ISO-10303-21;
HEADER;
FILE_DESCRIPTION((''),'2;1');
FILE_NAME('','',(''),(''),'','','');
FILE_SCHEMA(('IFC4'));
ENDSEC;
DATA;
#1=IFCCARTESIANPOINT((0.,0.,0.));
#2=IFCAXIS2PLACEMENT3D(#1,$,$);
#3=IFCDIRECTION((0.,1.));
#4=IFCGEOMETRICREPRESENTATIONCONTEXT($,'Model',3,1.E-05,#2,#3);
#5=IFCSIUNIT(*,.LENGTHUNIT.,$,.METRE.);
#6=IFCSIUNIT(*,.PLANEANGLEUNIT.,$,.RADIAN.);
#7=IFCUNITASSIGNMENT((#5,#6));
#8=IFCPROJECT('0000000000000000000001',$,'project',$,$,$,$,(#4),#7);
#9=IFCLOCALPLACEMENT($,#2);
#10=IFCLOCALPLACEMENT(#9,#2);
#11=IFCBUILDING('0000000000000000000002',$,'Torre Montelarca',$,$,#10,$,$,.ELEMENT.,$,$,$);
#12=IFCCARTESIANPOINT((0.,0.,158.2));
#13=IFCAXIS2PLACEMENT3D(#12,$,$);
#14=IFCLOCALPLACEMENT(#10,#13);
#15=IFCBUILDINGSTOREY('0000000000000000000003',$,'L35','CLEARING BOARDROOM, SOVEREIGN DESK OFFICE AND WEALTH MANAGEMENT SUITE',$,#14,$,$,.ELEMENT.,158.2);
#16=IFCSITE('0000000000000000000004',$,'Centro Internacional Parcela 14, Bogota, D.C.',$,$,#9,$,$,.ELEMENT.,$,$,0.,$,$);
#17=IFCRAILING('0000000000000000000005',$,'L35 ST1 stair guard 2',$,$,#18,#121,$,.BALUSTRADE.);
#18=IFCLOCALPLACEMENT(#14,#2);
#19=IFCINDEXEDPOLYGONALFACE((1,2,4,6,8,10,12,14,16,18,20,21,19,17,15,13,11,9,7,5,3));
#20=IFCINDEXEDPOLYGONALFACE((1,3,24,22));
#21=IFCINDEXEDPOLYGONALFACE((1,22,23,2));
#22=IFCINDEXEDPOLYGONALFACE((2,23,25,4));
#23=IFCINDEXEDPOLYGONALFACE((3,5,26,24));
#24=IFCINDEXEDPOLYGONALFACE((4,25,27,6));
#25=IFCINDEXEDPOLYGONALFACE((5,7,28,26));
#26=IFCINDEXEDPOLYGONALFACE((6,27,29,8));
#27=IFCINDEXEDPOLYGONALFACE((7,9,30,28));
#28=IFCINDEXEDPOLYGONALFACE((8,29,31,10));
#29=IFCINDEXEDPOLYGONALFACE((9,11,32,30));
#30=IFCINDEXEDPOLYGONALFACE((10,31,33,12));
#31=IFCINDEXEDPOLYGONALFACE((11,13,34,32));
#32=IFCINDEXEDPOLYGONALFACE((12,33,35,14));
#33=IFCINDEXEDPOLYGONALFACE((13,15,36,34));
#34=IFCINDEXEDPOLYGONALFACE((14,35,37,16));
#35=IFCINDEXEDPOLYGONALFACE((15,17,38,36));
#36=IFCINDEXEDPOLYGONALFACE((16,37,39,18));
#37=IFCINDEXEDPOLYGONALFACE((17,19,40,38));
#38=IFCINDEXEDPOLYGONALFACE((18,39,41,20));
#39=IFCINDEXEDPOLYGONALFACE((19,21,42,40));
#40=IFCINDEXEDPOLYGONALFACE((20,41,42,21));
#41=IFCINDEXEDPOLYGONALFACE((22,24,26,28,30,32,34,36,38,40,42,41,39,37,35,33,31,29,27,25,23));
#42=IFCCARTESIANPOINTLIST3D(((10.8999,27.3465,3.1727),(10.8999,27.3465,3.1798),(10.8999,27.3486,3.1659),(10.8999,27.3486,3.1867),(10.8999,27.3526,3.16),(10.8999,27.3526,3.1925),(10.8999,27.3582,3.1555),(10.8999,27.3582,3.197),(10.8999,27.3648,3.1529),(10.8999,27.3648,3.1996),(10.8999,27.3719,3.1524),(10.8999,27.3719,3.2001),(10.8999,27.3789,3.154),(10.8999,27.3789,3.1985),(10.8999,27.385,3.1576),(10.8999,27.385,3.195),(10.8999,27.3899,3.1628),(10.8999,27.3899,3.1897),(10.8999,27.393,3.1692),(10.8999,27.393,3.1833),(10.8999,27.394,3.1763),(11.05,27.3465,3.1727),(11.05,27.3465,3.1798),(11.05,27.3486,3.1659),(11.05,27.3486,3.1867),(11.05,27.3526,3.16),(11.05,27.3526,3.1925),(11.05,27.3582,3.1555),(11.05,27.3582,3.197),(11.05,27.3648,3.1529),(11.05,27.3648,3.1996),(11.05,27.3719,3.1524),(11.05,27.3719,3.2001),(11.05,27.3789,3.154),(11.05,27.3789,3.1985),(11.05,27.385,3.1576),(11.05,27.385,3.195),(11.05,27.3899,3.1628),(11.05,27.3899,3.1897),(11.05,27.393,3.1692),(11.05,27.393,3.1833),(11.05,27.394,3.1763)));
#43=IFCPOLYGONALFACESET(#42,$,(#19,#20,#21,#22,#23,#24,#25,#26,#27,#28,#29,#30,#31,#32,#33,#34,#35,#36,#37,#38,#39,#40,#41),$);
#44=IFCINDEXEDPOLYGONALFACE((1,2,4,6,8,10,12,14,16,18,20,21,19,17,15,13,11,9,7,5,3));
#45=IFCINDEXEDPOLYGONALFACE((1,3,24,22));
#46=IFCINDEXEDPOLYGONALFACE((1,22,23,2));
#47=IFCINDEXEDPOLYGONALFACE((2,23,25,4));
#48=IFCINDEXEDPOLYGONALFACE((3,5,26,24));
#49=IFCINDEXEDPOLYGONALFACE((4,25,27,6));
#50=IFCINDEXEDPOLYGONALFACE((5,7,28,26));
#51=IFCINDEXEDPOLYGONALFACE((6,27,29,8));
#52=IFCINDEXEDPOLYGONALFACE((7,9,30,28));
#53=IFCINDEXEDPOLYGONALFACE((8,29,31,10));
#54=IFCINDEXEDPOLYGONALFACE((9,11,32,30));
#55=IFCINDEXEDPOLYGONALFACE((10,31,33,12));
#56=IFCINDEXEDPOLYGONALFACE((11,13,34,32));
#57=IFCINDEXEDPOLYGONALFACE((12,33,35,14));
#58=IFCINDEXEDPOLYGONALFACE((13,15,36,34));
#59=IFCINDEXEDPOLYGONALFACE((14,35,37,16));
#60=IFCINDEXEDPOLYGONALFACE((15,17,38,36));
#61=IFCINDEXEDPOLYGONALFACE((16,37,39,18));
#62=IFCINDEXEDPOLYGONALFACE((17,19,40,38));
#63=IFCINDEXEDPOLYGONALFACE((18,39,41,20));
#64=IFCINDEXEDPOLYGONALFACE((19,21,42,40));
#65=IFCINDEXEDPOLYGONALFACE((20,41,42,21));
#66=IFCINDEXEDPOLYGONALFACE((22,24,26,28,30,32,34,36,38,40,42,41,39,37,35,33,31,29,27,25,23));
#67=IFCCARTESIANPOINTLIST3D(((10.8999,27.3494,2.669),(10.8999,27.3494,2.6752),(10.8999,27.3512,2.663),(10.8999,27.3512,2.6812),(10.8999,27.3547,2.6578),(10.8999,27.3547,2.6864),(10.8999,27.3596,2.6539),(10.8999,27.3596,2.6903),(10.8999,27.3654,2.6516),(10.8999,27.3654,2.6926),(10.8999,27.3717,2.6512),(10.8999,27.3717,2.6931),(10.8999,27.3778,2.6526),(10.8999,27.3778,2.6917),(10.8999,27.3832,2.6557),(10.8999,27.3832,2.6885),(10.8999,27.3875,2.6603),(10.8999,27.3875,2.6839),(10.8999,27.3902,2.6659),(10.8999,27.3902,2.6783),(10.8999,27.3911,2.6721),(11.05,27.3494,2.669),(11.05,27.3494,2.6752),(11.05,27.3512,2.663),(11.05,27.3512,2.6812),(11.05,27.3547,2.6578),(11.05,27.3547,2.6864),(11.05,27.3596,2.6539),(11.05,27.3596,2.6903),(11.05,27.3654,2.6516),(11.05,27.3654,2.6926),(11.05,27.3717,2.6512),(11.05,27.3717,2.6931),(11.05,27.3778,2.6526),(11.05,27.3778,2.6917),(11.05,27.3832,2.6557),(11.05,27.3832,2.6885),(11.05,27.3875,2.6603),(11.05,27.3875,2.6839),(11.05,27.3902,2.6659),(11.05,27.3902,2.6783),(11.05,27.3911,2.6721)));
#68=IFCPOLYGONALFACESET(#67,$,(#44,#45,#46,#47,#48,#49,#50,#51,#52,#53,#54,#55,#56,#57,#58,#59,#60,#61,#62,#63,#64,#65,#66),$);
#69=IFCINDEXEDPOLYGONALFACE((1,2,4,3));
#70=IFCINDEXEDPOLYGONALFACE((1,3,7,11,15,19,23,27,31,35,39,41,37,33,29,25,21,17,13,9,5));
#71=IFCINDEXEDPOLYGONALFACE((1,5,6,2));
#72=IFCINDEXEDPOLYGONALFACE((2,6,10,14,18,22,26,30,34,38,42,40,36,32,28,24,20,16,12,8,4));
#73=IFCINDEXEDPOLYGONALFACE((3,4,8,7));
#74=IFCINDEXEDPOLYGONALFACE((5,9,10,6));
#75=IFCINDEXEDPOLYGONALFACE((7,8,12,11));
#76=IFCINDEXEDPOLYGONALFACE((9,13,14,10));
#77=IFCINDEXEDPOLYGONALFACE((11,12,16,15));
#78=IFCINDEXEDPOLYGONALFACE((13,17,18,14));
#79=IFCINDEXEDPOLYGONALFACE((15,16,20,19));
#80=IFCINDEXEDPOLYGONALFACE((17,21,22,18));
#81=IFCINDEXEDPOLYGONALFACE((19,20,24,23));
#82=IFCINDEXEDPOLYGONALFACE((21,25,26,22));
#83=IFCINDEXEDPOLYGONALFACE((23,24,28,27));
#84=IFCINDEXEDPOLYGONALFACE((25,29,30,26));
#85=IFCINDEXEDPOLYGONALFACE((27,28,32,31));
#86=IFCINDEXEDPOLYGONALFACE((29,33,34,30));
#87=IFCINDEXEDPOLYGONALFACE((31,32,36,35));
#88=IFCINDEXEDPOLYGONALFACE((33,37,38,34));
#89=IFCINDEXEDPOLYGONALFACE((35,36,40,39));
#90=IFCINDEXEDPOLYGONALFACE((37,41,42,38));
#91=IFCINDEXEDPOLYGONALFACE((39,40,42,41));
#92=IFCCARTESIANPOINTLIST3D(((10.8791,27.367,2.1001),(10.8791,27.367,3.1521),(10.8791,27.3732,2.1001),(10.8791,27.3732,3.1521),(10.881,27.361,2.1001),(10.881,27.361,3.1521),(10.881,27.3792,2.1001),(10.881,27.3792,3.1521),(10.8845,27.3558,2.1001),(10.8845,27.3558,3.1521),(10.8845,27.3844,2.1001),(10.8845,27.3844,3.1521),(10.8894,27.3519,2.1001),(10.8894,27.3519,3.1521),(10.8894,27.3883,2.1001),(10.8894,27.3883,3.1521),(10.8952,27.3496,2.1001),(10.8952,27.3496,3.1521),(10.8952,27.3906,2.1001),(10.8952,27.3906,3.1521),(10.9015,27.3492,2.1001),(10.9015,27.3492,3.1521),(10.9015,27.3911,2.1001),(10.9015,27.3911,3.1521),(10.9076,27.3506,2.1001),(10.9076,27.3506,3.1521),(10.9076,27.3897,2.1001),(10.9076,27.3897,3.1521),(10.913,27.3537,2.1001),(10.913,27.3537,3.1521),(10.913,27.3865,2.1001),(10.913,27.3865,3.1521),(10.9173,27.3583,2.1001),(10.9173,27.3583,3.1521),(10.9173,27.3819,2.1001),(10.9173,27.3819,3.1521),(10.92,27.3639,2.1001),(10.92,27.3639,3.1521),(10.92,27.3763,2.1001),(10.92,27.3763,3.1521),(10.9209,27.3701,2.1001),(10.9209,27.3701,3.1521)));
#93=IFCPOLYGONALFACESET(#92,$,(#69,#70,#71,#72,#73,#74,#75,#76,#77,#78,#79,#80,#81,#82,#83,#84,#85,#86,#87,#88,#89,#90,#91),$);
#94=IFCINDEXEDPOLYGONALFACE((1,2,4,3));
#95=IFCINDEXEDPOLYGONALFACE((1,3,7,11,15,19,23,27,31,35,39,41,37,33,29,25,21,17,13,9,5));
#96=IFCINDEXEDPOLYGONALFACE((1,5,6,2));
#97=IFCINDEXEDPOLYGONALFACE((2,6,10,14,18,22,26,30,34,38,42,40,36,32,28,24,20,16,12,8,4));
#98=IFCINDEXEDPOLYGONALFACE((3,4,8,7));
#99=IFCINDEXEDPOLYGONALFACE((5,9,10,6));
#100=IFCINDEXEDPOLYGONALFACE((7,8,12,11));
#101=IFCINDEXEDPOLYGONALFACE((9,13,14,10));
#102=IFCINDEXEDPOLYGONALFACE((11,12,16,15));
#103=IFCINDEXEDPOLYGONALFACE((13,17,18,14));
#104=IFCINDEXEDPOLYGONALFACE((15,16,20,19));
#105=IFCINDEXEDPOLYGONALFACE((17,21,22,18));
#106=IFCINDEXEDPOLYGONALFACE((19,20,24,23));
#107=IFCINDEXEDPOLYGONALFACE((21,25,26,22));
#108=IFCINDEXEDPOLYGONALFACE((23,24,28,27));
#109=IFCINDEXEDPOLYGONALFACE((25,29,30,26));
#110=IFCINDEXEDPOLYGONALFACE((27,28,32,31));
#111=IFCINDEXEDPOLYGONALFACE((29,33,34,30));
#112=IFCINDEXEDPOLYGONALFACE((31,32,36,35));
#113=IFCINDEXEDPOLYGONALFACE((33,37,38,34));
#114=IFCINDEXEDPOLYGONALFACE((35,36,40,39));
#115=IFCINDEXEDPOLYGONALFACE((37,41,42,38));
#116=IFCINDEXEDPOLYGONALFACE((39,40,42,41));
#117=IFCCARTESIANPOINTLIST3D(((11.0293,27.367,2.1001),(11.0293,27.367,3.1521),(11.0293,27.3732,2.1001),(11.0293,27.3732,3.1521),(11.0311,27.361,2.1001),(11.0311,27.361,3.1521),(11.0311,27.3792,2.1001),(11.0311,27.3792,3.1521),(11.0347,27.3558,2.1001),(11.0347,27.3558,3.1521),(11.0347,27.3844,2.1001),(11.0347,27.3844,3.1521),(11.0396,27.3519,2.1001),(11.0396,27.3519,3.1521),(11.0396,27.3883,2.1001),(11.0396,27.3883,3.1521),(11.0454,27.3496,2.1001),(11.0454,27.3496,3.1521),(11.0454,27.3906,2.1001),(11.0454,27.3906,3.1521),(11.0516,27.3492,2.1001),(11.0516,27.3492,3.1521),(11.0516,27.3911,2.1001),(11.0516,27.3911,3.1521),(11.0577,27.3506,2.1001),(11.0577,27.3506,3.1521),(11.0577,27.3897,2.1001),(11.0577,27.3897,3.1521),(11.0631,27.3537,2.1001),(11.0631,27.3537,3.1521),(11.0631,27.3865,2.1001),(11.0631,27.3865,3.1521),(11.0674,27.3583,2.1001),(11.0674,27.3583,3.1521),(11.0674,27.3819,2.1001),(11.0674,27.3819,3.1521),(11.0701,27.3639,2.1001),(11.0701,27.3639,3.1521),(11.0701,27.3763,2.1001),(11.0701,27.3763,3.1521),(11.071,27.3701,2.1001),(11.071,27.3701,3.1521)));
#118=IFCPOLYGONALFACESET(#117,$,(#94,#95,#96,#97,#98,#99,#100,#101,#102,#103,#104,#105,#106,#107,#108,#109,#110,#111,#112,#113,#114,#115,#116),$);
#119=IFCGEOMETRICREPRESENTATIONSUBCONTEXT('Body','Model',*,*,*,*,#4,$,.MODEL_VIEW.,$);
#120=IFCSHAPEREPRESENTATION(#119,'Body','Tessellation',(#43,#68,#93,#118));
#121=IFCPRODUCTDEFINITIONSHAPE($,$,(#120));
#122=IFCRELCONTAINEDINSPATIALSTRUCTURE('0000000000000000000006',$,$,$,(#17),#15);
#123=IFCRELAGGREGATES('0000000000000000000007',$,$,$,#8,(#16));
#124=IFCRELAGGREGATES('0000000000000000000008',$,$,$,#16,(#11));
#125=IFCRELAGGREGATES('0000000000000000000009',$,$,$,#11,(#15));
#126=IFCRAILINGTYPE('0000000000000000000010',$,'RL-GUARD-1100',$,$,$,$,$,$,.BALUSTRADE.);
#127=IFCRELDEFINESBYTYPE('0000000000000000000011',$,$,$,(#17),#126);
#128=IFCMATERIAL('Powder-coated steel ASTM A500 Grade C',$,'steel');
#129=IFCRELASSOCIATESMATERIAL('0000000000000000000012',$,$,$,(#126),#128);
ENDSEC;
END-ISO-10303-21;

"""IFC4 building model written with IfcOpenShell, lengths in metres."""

from ifc_helpers import new_model, si_unit, direction, frame, origin, origin_2d, place, context, subcontext, project, spatial, circle, extrude, material, type_object, element, save


model = new_model("IFC4")

# Units and contexts
model_context = context("Model", 3, precision=1e-05, world=origin(), true_north=direction((0.0, 1.0)))
body_context = subcontext(model_context, "Body", "Model", "MODEL_VIEW")
ifc_project = project(units=[si_unit("LENGTHUNIT", "METRE"), si_unit("PLANEANGLEUNIT", "RADIAN")], contexts=[model_context])

# Site, building, storey
site_placement = place(None, origin())
site = spatial("IfcSite", under=ifc_project, at=site_placement, Name="Centro Internacional Parcela 14, Bogota, D.C.", CompositionType="ELEMENT", RefElevation=0.0)
building_placement = place(site_placement, origin())
building = spatial("IfcBuilding", under=site, at=building_placement, Name="Torre Montelarca", CompositionType="ELEMENT")
storey_placement = place(building_placement, frame((0.0, 0.0, 158.2)))
storey = spatial("IfcBuildingStorey", under=building, at=storey_placement, Name="L35", Description="CLEARING BOARDROOM, SOVEREIGN DESK OFFICE AND WEALTH MANAGEMENT SUITE", CompositionType="ELEMENT", Elevation=158.2)

# Railing
ifc_material_1 = material(Name="Powder-coated steel ASTM A500 Grade C", Category="steel")
railing_type_1 = type_object("IfcRailingType", Name="RL-GUARD-1100", PredefinedType="BALUSTRADE", material=ifc_material_1)
railing_1_placement = place(storey_placement, frame((10.8999, 27.3701, 2.1001)))
element("IfcRailing", 1, at=railing_1_placement, inside=storey, type_object=railing_type_1, Name="L35 ST1 stair guard 2", PredefinedType="BALUSTRADE", context=body_context, shape_type="SweptSolid", body=[
    extrude(circle(Radius=0.0239, at=origin_2d()), frame((0.0, 0.0, 1.0762), z_axis=(1.0, 0.0, 0.0), x_axis=(0.0, 1.0, 0.0)), (0.0, 0.0, 1.0), 0.1501),
    extrude(circle(Radius=0.021, at=origin_2d()), frame((0.0, 0.0, 0.572), z_axis=(1.0, 0.0, 0.0), x_axis=(0.0, 1.0, 0.0)), (0.0, 0.0, 1.0), 0.1501),
    extrude(circle(Radius=0.021, at=origin_2d()), origin(), (0.0, 0.0, 1.0), 1.052),
    extrude(circle(Radius=0.021, at=origin_2d()), frame((0.1501, 0.0, 0.0)), (0.0, 0.0, 1.0), 1.052),
])

save(model, "model.ifc")
